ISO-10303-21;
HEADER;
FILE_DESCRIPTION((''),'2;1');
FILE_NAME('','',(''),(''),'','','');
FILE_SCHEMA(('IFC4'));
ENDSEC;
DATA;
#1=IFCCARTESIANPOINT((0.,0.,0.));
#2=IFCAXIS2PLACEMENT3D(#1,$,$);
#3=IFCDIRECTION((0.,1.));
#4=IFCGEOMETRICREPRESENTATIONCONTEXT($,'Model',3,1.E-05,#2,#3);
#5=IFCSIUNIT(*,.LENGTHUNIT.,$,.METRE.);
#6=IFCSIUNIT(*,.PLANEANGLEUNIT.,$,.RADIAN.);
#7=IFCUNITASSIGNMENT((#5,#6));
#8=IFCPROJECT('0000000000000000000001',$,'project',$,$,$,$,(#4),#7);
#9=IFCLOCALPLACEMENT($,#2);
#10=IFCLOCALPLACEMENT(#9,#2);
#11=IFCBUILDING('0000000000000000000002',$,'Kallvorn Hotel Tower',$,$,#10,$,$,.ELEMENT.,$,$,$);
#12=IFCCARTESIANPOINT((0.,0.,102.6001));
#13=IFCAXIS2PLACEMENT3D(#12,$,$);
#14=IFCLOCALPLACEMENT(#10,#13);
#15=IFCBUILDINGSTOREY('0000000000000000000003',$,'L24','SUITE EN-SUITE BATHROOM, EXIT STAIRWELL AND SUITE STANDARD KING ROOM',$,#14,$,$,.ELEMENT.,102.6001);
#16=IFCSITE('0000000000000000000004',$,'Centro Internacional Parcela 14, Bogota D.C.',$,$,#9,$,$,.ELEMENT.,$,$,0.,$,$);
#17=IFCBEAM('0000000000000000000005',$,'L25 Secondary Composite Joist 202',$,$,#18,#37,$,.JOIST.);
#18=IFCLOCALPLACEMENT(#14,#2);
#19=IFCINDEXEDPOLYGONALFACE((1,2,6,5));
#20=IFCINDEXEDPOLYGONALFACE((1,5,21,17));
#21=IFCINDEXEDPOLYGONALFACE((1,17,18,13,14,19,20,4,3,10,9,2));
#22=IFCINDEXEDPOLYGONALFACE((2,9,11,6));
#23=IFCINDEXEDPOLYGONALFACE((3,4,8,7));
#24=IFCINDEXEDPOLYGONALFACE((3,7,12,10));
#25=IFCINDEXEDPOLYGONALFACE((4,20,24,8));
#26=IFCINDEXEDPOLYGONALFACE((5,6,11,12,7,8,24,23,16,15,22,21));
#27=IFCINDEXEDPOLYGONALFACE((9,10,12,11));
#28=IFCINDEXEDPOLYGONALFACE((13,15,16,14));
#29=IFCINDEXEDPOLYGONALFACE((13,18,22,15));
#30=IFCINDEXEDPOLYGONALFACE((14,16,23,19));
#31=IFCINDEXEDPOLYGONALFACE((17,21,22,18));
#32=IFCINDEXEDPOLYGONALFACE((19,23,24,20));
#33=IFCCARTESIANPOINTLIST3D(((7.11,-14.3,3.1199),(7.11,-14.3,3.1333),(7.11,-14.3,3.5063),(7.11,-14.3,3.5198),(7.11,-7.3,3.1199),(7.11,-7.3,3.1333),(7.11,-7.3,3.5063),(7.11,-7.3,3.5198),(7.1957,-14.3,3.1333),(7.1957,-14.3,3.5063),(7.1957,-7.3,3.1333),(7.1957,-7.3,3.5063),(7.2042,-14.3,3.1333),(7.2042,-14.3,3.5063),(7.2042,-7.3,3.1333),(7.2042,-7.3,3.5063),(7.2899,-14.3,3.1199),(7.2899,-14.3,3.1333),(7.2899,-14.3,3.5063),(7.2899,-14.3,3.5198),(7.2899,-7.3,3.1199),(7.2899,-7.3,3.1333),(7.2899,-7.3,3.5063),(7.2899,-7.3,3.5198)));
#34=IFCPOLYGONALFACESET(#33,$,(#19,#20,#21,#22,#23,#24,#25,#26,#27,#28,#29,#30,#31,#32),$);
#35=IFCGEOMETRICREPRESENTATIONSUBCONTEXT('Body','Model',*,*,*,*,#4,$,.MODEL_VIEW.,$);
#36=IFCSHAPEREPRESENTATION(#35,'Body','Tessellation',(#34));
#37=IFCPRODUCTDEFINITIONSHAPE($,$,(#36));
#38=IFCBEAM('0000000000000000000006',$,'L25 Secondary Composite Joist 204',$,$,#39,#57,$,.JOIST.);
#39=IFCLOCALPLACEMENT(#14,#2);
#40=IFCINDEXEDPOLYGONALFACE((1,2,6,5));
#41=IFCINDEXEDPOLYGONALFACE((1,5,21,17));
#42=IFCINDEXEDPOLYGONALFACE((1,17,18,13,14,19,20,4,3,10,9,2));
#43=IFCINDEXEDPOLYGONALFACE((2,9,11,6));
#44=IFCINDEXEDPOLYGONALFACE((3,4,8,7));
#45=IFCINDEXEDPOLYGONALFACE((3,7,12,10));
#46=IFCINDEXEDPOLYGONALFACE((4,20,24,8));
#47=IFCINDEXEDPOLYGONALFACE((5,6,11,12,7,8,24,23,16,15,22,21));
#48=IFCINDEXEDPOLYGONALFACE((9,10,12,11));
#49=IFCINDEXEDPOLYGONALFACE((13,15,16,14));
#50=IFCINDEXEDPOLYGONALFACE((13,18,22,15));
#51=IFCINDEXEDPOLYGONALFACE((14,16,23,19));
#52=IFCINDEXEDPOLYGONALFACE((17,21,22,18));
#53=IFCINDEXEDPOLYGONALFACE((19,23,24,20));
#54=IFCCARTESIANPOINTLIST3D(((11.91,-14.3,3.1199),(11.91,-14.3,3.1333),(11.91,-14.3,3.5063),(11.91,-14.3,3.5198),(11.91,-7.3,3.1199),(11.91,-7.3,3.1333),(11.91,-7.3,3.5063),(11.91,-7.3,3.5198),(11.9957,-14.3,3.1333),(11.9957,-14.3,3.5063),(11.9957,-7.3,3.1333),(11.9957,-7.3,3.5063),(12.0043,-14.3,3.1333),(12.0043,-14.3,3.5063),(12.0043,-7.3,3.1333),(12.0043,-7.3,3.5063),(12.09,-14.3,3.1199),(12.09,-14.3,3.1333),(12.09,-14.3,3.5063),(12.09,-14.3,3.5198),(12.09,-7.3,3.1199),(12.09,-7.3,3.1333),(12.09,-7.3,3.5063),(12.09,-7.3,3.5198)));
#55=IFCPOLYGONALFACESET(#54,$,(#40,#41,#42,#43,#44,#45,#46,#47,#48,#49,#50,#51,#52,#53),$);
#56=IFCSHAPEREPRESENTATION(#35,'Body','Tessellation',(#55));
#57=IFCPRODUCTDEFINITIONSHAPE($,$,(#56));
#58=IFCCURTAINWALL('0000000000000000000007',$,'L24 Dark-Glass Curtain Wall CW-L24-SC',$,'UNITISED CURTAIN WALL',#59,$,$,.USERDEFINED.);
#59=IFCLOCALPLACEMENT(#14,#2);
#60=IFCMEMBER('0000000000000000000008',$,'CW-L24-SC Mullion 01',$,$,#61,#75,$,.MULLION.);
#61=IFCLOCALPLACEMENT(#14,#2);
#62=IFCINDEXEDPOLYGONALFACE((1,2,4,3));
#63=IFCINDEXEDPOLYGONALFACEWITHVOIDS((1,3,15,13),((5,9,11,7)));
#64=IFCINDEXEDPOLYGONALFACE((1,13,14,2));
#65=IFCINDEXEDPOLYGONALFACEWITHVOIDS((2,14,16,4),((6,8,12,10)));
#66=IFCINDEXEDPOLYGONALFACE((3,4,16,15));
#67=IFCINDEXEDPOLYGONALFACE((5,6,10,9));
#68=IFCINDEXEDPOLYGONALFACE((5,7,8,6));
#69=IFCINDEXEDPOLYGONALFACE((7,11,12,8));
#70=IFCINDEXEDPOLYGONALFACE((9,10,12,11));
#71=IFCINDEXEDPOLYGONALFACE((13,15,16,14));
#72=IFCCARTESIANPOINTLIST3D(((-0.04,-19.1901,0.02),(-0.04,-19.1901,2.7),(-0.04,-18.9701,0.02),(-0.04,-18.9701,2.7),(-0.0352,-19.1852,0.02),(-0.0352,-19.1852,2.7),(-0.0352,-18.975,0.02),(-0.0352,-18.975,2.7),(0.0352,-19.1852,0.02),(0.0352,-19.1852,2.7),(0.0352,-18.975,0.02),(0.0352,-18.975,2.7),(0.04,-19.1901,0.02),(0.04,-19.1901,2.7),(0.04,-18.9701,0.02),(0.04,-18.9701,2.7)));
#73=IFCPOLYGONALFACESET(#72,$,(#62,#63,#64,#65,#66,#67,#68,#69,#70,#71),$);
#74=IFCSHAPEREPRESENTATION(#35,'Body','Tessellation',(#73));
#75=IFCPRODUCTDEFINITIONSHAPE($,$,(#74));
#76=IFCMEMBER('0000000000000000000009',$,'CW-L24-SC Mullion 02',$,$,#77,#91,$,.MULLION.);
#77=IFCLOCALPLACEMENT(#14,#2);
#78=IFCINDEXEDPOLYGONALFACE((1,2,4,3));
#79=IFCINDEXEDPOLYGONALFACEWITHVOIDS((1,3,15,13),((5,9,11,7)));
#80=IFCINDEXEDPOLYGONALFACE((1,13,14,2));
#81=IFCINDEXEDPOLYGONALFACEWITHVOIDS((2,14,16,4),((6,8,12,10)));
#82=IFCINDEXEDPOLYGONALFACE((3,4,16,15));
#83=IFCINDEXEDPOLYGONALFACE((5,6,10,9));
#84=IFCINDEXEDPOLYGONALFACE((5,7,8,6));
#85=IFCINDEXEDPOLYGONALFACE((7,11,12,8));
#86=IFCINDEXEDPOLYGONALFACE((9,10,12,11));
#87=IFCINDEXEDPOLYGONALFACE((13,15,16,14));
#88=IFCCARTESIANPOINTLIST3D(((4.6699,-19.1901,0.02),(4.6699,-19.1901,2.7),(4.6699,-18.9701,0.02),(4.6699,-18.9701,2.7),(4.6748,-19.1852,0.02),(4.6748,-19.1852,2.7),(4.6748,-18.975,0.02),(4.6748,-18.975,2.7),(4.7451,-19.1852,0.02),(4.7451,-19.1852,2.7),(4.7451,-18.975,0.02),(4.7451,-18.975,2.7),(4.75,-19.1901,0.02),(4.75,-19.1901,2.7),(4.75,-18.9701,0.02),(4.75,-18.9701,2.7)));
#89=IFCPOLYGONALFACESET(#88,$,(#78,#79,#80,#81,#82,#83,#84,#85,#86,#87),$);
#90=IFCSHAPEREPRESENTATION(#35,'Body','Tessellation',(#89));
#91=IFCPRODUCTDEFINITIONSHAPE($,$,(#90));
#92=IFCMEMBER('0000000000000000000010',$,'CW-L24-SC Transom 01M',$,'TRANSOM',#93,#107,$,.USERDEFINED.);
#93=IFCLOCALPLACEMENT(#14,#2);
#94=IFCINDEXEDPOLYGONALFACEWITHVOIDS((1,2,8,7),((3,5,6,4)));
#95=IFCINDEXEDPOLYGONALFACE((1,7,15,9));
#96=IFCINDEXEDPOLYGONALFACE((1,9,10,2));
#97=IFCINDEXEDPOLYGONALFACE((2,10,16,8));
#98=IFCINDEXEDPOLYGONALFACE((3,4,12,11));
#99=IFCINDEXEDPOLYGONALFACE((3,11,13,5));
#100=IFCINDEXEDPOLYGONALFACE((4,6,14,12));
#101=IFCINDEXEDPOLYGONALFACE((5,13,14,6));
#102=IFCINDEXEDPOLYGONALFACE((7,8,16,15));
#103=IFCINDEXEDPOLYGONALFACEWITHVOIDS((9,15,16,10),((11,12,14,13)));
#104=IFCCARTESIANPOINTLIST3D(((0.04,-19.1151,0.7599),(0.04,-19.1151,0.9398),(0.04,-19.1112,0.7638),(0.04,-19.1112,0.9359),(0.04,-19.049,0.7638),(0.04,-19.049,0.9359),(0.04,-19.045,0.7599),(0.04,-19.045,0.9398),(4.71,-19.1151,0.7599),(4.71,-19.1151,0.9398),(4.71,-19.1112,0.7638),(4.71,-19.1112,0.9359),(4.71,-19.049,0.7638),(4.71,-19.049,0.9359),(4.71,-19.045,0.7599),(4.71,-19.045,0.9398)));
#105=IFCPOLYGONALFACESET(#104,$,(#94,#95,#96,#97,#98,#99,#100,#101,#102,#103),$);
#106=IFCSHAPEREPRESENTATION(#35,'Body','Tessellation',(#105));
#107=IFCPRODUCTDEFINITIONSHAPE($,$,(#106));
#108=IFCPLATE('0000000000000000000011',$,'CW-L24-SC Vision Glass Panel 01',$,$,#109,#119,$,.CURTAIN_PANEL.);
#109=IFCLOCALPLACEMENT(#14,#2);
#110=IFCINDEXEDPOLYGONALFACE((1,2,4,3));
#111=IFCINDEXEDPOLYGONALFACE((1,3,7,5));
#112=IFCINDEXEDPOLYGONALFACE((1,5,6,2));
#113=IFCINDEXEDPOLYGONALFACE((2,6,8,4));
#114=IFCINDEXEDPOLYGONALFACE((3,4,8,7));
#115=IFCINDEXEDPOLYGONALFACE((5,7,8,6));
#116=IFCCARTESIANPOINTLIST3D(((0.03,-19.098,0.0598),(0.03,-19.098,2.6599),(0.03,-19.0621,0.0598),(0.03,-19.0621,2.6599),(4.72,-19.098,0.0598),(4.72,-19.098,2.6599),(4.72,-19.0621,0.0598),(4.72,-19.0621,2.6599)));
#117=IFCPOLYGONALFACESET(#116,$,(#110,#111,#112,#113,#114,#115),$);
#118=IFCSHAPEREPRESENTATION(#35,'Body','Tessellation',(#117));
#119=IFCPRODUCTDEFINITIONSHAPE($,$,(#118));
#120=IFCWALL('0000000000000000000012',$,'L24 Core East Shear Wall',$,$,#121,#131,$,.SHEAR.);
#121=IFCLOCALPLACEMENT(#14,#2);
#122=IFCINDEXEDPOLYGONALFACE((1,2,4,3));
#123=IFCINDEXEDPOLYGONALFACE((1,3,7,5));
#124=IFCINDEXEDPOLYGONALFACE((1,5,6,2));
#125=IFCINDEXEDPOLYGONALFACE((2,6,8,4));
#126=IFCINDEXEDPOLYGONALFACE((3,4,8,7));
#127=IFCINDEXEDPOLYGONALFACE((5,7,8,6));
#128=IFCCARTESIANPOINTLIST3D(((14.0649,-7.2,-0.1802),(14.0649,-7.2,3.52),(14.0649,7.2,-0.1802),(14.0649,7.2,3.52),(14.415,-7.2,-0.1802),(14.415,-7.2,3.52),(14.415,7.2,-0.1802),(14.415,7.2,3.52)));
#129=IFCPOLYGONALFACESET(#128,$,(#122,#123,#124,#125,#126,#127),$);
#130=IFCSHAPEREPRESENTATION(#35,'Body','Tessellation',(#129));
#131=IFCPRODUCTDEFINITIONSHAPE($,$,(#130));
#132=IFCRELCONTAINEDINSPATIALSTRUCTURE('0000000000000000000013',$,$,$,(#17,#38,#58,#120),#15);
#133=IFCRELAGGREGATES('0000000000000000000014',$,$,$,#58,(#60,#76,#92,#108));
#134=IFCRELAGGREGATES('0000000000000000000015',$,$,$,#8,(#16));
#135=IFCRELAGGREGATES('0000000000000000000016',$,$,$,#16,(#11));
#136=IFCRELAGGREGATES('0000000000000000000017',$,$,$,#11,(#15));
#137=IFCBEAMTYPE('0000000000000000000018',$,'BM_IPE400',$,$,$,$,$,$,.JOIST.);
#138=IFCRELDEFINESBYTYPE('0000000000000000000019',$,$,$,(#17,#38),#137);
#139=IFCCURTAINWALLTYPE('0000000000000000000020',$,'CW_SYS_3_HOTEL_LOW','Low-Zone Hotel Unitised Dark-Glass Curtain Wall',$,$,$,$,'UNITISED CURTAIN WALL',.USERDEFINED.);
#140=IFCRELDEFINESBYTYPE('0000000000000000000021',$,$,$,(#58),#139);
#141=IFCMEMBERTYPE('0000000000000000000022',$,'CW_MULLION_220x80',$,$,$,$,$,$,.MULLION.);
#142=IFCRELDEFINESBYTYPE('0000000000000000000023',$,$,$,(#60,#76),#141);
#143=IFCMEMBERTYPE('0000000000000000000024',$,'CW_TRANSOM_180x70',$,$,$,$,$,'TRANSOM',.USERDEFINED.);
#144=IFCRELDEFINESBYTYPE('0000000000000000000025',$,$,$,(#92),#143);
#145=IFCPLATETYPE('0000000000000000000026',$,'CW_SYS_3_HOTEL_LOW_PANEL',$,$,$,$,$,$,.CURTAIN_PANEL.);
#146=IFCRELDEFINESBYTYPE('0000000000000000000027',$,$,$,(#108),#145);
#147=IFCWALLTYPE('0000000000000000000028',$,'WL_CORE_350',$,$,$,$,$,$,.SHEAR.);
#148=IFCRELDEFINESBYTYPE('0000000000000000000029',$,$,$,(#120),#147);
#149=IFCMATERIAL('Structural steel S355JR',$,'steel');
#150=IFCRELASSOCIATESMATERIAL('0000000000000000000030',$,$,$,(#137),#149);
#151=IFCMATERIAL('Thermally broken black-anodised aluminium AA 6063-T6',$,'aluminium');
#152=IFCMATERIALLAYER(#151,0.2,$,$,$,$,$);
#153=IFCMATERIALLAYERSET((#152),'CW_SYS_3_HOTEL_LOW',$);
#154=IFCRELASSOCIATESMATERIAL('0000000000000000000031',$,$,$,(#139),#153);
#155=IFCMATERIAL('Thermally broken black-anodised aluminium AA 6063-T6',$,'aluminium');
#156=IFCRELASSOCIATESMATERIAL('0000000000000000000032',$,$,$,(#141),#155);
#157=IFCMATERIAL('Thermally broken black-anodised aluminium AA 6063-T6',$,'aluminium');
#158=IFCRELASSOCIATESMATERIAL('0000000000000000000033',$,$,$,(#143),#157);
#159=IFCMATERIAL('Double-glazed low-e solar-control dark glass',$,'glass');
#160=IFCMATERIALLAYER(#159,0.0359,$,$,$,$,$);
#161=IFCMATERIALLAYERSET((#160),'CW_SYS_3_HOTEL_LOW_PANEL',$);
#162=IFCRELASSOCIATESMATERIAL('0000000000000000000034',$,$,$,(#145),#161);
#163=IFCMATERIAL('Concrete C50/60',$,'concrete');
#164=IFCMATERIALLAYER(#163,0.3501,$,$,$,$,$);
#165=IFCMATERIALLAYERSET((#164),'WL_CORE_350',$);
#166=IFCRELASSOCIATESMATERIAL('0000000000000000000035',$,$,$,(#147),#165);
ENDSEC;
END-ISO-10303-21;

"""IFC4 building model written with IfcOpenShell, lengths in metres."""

from ifc_helpers import new_model, si_unit, direction, frame, frame_2d, origin, origin_2d, place, context, subcontext, project, spatial, rectangle, hollow_rectangle, i_section, extrude, material, layer, layer_set, material_profile, profile_set, type_object, element, aggregate, save


model = new_model("IFC4")

# Units and contexts
model_context = context("Model", 3, precision=1e-05, world=origin(), true_north=direction((0.0, 1.0)))
body_context = subcontext(model_context, "Body", "Model", "MODEL_VIEW")
ifc_project = project(units=[si_unit("LENGTHUNIT", "METRE"), si_unit("PLANEANGLEUNIT", "RADIAN")], contexts=[model_context])

# Site, building, storey
site_placement = place(None, origin())
site = spatial("IfcSite", under=ifc_project, at=site_placement, Name="Centro Internacional Parcela 14, Bogota D.C.", CompositionType="ELEMENT", RefElevation=0.0)
building_placement = place(site_placement, origin())
building = spatial("IfcBuilding", under=site, at=building_placement, Name="Kallvorn Hotel Tower", CompositionType="ELEMENT")
storey_placement = place(building_placement, frame((0.0, 0.0, 102.6001)))
storey = spatial("IfcBuildingStorey", under=building, at=storey_placement, Name="L24", Description="SUITE EN-SUITE BATHROOM, EXIT STAIRWELL AND SUITE STANDARD KING ROOM", CompositionType="ELEMENT", Elevation=102.6001)

# Beams
ifc_material_1 = material(Name="Structural steel S355JR", Category="steel")
ifc_material_profile_1 = material_profile(ifc_material_1, i_section(OverallWidth=0.1799, OverallDepth=0.3999, WebThickness=0.0085, FlangeThickness=0.0134, at=origin_2d()), Name="IPE 400")
ifc_profile_set_1 = profile_set([ifc_material_profile_1], Name="Structural steel S355JR")
beam_type_1 = type_object("IfcBeamType", Name="BM_IPE400", PredefinedType="JOIST", material=ifc_profile_set_1)
for number, where, z_axis, x_axis, name in (
    (1, (7.2, -14.3, 3.3198), (0.0, 1.0, 0.0), (-1.0, 0.0, 0.0), "L25 Secondary Composite Joist 202"),
    (2, (12.0, -14.3, 3.3198), (0.0, 1.0, 0.0), (-1.0, 0.0, 0.0), "L25 Secondary Composite Joist 204"),
):
    element("IfcBeam", number, at=place(storey_placement, frame(where, z_axis=z_axis, x_axis=x_axis)), inside=storey, type_object=beam_type_1, Name=name, PredefinedType="JOIST", context=body_context, shape_type="SweptSolid", body=[
        extrude(i_section(OverallWidth=0.1799, OverallDepth=0.3999, WebThickness=0.0085, FlangeThickness=0.0134, at=origin_2d()), origin(), (0.0, 0.0, 1.0), 7.0),
    ])

# Curtain wall, members, plate
ifc_material_2 = material(Name="Thermally broken black-anodised aluminium AA 6063-T6", Category="aluminium")
ifc_layer_1 = layer(ifc_material_2, 0.2)
ifc_layer_set_1 = layer_set([ifc_layer_1], Name="CW_SYS_3_HOTEL_LOW")
curtain_wall_type = type_object("IfcCurtainWallType", Name="CW_SYS_3_HOTEL_LOW", Description="Low-Zone Hotel Unitised Dark-Glass Curtain Wall", ElementType="UNITISED CURTAIN WALL", PredefinedType="USERDEFINED", material=ifc_layer_set_1)
curtain_wall_placement = place(storey_placement, origin())
curtain_wall = element("IfcCurtainWall", 3, at=curtain_wall_placement, inside=storey, type_object=curtain_wall_type, Name="L24 Dark-Glass Curtain Wall CW-L24-SC", ObjectType="UNITISED CURTAIN WALL", PredefinedType="USERDEFINED")
ifc_material_3 = material(Name="Thermally broken black-anodised aluminium AA 6063-T6", Category="aluminium")
ifc_material_profile_2 = material_profile(ifc_material_3, hollow_rectangle(XDim=0.0801, YDim=0.22, WallThickness=0.0049, at=origin_2d()), Name="MUL 220x80")
ifc_profile_set_2 = profile_set([ifc_material_profile_2], Name="Thermally broken black-anodised aluminium AA 6063-T6")
member_type_1 = type_object("IfcMemberType", Name="CW_MULLION_220x80", PredefinedType="MULLION", material=ifc_profile_set_2)
member_1_placement = place(storey_placement, frame((0.0, -19.0801, 0.02), z_axis=(0.0, 0.0, 1.0), x_axis=(1.0, 0.0, 0.0)))
member_1 = element("IfcMember", 4, at=member_1_placement, type_object=member_type_1, Name="CW-L24-SC Mullion 01", PredefinedType="MULLION", context=body_context, shape_type="SweptSolid", body=[
    extrude(hollow_rectangle(XDim=0.0801, YDim=0.22, WallThickness=0.0049, at=origin_2d()), origin(), (0.0, 0.0, 1.0), 2.6799),
])
member_2_placement = place(storey_placement, frame((4.71, -19.0801, 0.02), z_axis=(0.0, 0.0, 1.0), x_axis=(1.0, 0.0, 0.0)))
member_2 = element("IfcMember", 5, at=member_2_placement, type_object=member_type_1, Name="CW-L24-SC Mullion 02", PredefinedType="MULLION", context=body_context, shape_type="SweptSolid", body=[
    extrude(hollow_rectangle(XDim=0.0801, YDim=0.22, WallThickness=0.0049, at=origin_2d()), origin(), (0.0, 0.0, 1.0), 2.6799),
])
ifc_material_4 = material(Name="Thermally broken black-anodised aluminium AA 6063-T6", Category="aluminium")
ifc_material_profile_3 = material_profile(ifc_material_4, hollow_rectangle(XDim=0.0701, YDim=0.1799, WallThickness=0.0039, at=origin_2d()), Name="TRN 180x70")
ifc_profile_set_3 = profile_set([ifc_material_profile_3], Name="Thermally broken black-anodised aluminium AA 6063-T6")
member_type_2 = type_object("IfcMemberType", Name="CW_TRANSOM_180x70", ElementType="TRANSOM", PredefinedType="USERDEFINED", material=ifc_profile_set_3)
member_3_placement = place(storey_placement, frame((0.04, -19.0801, 0.8499), z_axis=(1.0, 0.0, 0.0), x_axis=(0.0, 1.0, 0.0)))
member_3 = element("IfcMember", 6, at=member_3_placement, type_object=member_type_2, Name="CW-L24-SC Transom 01M", ObjectType="TRANSOM", PredefinedType="USERDEFINED", context=body_context, shape_type="SweptSolid", body=[
    extrude(hollow_rectangle(XDim=0.0701, YDim=0.1799, WallThickness=0.0039, at=origin_2d()), origin(), (0.0, 0.0, 1.0), 4.6699),
])
ifc_material_5 = material(Name="Double-glazed low-e solar-control dark glass", Category="glass")
ifc_layer_2 = layer(ifc_material_5, 0.0359)
ifc_layer_set_2 = layer_set([ifc_layer_2], Name="CW_SYS_3_HOTEL_LOW_PANEL")
plate_type = type_object("IfcPlateType", Name="CW_SYS_3_HOTEL_LOW_PANEL", PredefinedType="CURTAIN_PANEL", material=ifc_layer_set_2)
plate_placement = place(storey_placement, frame((2.375, -19.0801, 0.0598), z_axis=(0.0, 0.0, 1.0), x_axis=(1.0, 0.0, 0.0)))
plate = element("IfcPlate", 7, at=plate_placement, type_object=plate_type, Name="CW-L24-SC Vision Glass Panel 01", PredefinedType="CURTAIN_PANEL", context=body_context, shape_type="SweptSolid", body=[
    extrude(rectangle(XDim=4.6899, YDim=0.0359, at=origin_2d()), origin(), (0.0, 0.0, 1.0), 2.6001),
])
aggregate(curtain_wall, [member_1, member_2, member_3, plate])

# Wall
ifc_material_6 = material(Name="Concrete C50/60", Category="concrete")
ifc_layer_3 = layer(ifc_material_6, 0.3501)
ifc_layer_set_3 = layer_set([ifc_layer_3], Name="WL_CORE_350")
wall_type_1 = type_object("IfcWallType", Name="WL_CORE_350", PredefinedType="SHEAR", material=ifc_layer_set_3)
wall_1_placement = place(storey_placement, frame((14.24, -7.2, -0.1802), z_axis=(0.0, 0.0, 1.0), x_axis=(0.0, 1.0, 0.0)))
element("IfcWall", 8, at=wall_1_placement, inside=storey, type_object=wall_type_1, Name="L24 Core East Shear Wall", PredefinedType="SHEAR", context=body_context, shape_type="SweptSolid", body=[
    extrude(rectangle(XDim=14.3999, YDim=0.3501, at=frame_2d((7.2, 0.0))), origin(), (0.0, 0.0, 1.0), 3.7002),
])

save(model, "model.ifc")
